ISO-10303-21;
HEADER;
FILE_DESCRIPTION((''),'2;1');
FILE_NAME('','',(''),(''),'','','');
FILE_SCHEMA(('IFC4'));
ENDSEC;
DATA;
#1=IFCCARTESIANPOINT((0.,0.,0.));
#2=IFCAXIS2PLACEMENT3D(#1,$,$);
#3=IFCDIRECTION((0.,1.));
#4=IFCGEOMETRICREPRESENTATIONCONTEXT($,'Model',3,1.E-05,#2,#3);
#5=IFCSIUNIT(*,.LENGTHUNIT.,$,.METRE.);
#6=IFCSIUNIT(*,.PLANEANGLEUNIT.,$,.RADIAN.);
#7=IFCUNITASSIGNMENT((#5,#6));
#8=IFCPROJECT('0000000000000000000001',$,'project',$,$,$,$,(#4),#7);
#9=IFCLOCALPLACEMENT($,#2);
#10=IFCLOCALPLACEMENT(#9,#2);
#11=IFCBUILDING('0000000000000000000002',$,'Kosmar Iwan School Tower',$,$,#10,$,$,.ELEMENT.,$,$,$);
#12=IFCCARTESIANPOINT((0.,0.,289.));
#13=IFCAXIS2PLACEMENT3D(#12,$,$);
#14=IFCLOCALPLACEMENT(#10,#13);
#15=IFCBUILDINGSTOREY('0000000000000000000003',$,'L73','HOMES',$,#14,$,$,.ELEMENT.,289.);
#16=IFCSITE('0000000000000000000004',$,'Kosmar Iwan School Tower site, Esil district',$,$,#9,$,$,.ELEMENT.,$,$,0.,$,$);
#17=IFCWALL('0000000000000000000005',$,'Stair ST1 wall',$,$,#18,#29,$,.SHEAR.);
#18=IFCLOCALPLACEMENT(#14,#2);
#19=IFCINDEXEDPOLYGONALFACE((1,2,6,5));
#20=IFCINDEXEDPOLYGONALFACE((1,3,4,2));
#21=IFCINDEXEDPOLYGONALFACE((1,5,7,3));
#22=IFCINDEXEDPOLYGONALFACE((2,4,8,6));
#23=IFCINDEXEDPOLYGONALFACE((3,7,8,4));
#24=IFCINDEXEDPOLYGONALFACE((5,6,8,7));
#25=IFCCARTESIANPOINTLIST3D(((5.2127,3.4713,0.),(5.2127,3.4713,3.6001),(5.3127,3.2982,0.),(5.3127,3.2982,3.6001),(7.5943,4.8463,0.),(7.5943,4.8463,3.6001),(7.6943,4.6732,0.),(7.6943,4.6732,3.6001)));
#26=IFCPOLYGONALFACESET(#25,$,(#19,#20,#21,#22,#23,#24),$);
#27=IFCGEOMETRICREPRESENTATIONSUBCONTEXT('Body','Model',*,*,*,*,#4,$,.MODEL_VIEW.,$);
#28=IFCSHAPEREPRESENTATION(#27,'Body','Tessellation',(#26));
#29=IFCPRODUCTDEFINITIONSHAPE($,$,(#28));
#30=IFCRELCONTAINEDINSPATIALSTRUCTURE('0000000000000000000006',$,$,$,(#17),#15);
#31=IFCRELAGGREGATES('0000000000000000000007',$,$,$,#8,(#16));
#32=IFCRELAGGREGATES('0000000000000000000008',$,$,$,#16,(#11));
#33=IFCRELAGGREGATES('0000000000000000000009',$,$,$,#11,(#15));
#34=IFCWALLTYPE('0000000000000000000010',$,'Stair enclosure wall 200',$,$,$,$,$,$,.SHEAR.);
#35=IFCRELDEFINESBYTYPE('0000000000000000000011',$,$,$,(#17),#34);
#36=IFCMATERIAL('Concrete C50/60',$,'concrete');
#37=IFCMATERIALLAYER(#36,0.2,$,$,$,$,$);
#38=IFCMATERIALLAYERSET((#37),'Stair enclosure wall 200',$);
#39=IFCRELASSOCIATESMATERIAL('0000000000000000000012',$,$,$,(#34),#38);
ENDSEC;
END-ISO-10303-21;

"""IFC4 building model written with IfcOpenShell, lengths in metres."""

from ifc_helpers import new_model, si_unit, direction, frame, frame_2d, origin, place, context, subcontext, project, spatial, rectangle, extrude, material, layer, layer_set, type_object, element, save


model = new_model("IFC4")

# Units and contexts
model_context = context("Model", 3, precision=1e-05, world=origin(), true_north=direction((0.0, 1.0)))
body_context = subcontext(model_context, "Body", "Model", "MODEL_VIEW")
ifc_project = project(units=[si_unit("LENGTHUNIT", "METRE"), si_unit("PLANEANGLEUNIT", "RADIAN")], contexts=[model_context])

# Site, building, storey
site_placement = place(None, origin())
site = spatial("IfcSite", under=ifc_project, at=site_placement, Name="Kosmar Iwan School Tower site, Esil district", CompositionType="ELEMENT", RefElevation=0.0)
building_placement = place(site_placement, origin())
building = spatial("IfcBuilding", under=site, at=building_placement, Name="Kosmar Iwan School Tower", CompositionType="ELEMENT")
storey_placement = place(building_placement, frame((0.0, 0.0, 289.0)))
storey = spatial("IfcBuildingStorey", under=building, at=storey_placement, Name="L73", Description="HOMES", CompositionType="ELEMENT", Elevation=289.0)

# Wall
ifc_material_1 = material(Name="Concrete C50/60", Category="concrete")
ifc_layer_1 = layer(ifc_material_1, 0.2)
ifc_layer_set_1 = layer_set([ifc_layer_1], Name="Stair enclosure wall 200")
wall_type_1 = type_object("IfcWallType", Name="Stair enclosure wall 200", PredefinedType="SHEAR", material=ifc_layer_set_1)
wall_1_placement = place(storey_placement, frame((5.2627, 3.3848, 0.0), z_axis=(0.0, 0.0, 1.0), x_axis=(0.866027, 0.499997, 0.0)))
element("IfcWall", 1, at=wall_1_placement, inside=storey, type_object=wall_type_1, Name="Stair ST1 wall", PredefinedType="SHEAR", context=body_context, shape_type="SweptSolid", body=[
    extrude(rectangle(XDim=2.75, YDim=0.2, at=frame_2d((1.375, 0.0))), origin(), (0.0, 0.0, 1.0), 3.6001),
])

save(model, "model.ifc")
